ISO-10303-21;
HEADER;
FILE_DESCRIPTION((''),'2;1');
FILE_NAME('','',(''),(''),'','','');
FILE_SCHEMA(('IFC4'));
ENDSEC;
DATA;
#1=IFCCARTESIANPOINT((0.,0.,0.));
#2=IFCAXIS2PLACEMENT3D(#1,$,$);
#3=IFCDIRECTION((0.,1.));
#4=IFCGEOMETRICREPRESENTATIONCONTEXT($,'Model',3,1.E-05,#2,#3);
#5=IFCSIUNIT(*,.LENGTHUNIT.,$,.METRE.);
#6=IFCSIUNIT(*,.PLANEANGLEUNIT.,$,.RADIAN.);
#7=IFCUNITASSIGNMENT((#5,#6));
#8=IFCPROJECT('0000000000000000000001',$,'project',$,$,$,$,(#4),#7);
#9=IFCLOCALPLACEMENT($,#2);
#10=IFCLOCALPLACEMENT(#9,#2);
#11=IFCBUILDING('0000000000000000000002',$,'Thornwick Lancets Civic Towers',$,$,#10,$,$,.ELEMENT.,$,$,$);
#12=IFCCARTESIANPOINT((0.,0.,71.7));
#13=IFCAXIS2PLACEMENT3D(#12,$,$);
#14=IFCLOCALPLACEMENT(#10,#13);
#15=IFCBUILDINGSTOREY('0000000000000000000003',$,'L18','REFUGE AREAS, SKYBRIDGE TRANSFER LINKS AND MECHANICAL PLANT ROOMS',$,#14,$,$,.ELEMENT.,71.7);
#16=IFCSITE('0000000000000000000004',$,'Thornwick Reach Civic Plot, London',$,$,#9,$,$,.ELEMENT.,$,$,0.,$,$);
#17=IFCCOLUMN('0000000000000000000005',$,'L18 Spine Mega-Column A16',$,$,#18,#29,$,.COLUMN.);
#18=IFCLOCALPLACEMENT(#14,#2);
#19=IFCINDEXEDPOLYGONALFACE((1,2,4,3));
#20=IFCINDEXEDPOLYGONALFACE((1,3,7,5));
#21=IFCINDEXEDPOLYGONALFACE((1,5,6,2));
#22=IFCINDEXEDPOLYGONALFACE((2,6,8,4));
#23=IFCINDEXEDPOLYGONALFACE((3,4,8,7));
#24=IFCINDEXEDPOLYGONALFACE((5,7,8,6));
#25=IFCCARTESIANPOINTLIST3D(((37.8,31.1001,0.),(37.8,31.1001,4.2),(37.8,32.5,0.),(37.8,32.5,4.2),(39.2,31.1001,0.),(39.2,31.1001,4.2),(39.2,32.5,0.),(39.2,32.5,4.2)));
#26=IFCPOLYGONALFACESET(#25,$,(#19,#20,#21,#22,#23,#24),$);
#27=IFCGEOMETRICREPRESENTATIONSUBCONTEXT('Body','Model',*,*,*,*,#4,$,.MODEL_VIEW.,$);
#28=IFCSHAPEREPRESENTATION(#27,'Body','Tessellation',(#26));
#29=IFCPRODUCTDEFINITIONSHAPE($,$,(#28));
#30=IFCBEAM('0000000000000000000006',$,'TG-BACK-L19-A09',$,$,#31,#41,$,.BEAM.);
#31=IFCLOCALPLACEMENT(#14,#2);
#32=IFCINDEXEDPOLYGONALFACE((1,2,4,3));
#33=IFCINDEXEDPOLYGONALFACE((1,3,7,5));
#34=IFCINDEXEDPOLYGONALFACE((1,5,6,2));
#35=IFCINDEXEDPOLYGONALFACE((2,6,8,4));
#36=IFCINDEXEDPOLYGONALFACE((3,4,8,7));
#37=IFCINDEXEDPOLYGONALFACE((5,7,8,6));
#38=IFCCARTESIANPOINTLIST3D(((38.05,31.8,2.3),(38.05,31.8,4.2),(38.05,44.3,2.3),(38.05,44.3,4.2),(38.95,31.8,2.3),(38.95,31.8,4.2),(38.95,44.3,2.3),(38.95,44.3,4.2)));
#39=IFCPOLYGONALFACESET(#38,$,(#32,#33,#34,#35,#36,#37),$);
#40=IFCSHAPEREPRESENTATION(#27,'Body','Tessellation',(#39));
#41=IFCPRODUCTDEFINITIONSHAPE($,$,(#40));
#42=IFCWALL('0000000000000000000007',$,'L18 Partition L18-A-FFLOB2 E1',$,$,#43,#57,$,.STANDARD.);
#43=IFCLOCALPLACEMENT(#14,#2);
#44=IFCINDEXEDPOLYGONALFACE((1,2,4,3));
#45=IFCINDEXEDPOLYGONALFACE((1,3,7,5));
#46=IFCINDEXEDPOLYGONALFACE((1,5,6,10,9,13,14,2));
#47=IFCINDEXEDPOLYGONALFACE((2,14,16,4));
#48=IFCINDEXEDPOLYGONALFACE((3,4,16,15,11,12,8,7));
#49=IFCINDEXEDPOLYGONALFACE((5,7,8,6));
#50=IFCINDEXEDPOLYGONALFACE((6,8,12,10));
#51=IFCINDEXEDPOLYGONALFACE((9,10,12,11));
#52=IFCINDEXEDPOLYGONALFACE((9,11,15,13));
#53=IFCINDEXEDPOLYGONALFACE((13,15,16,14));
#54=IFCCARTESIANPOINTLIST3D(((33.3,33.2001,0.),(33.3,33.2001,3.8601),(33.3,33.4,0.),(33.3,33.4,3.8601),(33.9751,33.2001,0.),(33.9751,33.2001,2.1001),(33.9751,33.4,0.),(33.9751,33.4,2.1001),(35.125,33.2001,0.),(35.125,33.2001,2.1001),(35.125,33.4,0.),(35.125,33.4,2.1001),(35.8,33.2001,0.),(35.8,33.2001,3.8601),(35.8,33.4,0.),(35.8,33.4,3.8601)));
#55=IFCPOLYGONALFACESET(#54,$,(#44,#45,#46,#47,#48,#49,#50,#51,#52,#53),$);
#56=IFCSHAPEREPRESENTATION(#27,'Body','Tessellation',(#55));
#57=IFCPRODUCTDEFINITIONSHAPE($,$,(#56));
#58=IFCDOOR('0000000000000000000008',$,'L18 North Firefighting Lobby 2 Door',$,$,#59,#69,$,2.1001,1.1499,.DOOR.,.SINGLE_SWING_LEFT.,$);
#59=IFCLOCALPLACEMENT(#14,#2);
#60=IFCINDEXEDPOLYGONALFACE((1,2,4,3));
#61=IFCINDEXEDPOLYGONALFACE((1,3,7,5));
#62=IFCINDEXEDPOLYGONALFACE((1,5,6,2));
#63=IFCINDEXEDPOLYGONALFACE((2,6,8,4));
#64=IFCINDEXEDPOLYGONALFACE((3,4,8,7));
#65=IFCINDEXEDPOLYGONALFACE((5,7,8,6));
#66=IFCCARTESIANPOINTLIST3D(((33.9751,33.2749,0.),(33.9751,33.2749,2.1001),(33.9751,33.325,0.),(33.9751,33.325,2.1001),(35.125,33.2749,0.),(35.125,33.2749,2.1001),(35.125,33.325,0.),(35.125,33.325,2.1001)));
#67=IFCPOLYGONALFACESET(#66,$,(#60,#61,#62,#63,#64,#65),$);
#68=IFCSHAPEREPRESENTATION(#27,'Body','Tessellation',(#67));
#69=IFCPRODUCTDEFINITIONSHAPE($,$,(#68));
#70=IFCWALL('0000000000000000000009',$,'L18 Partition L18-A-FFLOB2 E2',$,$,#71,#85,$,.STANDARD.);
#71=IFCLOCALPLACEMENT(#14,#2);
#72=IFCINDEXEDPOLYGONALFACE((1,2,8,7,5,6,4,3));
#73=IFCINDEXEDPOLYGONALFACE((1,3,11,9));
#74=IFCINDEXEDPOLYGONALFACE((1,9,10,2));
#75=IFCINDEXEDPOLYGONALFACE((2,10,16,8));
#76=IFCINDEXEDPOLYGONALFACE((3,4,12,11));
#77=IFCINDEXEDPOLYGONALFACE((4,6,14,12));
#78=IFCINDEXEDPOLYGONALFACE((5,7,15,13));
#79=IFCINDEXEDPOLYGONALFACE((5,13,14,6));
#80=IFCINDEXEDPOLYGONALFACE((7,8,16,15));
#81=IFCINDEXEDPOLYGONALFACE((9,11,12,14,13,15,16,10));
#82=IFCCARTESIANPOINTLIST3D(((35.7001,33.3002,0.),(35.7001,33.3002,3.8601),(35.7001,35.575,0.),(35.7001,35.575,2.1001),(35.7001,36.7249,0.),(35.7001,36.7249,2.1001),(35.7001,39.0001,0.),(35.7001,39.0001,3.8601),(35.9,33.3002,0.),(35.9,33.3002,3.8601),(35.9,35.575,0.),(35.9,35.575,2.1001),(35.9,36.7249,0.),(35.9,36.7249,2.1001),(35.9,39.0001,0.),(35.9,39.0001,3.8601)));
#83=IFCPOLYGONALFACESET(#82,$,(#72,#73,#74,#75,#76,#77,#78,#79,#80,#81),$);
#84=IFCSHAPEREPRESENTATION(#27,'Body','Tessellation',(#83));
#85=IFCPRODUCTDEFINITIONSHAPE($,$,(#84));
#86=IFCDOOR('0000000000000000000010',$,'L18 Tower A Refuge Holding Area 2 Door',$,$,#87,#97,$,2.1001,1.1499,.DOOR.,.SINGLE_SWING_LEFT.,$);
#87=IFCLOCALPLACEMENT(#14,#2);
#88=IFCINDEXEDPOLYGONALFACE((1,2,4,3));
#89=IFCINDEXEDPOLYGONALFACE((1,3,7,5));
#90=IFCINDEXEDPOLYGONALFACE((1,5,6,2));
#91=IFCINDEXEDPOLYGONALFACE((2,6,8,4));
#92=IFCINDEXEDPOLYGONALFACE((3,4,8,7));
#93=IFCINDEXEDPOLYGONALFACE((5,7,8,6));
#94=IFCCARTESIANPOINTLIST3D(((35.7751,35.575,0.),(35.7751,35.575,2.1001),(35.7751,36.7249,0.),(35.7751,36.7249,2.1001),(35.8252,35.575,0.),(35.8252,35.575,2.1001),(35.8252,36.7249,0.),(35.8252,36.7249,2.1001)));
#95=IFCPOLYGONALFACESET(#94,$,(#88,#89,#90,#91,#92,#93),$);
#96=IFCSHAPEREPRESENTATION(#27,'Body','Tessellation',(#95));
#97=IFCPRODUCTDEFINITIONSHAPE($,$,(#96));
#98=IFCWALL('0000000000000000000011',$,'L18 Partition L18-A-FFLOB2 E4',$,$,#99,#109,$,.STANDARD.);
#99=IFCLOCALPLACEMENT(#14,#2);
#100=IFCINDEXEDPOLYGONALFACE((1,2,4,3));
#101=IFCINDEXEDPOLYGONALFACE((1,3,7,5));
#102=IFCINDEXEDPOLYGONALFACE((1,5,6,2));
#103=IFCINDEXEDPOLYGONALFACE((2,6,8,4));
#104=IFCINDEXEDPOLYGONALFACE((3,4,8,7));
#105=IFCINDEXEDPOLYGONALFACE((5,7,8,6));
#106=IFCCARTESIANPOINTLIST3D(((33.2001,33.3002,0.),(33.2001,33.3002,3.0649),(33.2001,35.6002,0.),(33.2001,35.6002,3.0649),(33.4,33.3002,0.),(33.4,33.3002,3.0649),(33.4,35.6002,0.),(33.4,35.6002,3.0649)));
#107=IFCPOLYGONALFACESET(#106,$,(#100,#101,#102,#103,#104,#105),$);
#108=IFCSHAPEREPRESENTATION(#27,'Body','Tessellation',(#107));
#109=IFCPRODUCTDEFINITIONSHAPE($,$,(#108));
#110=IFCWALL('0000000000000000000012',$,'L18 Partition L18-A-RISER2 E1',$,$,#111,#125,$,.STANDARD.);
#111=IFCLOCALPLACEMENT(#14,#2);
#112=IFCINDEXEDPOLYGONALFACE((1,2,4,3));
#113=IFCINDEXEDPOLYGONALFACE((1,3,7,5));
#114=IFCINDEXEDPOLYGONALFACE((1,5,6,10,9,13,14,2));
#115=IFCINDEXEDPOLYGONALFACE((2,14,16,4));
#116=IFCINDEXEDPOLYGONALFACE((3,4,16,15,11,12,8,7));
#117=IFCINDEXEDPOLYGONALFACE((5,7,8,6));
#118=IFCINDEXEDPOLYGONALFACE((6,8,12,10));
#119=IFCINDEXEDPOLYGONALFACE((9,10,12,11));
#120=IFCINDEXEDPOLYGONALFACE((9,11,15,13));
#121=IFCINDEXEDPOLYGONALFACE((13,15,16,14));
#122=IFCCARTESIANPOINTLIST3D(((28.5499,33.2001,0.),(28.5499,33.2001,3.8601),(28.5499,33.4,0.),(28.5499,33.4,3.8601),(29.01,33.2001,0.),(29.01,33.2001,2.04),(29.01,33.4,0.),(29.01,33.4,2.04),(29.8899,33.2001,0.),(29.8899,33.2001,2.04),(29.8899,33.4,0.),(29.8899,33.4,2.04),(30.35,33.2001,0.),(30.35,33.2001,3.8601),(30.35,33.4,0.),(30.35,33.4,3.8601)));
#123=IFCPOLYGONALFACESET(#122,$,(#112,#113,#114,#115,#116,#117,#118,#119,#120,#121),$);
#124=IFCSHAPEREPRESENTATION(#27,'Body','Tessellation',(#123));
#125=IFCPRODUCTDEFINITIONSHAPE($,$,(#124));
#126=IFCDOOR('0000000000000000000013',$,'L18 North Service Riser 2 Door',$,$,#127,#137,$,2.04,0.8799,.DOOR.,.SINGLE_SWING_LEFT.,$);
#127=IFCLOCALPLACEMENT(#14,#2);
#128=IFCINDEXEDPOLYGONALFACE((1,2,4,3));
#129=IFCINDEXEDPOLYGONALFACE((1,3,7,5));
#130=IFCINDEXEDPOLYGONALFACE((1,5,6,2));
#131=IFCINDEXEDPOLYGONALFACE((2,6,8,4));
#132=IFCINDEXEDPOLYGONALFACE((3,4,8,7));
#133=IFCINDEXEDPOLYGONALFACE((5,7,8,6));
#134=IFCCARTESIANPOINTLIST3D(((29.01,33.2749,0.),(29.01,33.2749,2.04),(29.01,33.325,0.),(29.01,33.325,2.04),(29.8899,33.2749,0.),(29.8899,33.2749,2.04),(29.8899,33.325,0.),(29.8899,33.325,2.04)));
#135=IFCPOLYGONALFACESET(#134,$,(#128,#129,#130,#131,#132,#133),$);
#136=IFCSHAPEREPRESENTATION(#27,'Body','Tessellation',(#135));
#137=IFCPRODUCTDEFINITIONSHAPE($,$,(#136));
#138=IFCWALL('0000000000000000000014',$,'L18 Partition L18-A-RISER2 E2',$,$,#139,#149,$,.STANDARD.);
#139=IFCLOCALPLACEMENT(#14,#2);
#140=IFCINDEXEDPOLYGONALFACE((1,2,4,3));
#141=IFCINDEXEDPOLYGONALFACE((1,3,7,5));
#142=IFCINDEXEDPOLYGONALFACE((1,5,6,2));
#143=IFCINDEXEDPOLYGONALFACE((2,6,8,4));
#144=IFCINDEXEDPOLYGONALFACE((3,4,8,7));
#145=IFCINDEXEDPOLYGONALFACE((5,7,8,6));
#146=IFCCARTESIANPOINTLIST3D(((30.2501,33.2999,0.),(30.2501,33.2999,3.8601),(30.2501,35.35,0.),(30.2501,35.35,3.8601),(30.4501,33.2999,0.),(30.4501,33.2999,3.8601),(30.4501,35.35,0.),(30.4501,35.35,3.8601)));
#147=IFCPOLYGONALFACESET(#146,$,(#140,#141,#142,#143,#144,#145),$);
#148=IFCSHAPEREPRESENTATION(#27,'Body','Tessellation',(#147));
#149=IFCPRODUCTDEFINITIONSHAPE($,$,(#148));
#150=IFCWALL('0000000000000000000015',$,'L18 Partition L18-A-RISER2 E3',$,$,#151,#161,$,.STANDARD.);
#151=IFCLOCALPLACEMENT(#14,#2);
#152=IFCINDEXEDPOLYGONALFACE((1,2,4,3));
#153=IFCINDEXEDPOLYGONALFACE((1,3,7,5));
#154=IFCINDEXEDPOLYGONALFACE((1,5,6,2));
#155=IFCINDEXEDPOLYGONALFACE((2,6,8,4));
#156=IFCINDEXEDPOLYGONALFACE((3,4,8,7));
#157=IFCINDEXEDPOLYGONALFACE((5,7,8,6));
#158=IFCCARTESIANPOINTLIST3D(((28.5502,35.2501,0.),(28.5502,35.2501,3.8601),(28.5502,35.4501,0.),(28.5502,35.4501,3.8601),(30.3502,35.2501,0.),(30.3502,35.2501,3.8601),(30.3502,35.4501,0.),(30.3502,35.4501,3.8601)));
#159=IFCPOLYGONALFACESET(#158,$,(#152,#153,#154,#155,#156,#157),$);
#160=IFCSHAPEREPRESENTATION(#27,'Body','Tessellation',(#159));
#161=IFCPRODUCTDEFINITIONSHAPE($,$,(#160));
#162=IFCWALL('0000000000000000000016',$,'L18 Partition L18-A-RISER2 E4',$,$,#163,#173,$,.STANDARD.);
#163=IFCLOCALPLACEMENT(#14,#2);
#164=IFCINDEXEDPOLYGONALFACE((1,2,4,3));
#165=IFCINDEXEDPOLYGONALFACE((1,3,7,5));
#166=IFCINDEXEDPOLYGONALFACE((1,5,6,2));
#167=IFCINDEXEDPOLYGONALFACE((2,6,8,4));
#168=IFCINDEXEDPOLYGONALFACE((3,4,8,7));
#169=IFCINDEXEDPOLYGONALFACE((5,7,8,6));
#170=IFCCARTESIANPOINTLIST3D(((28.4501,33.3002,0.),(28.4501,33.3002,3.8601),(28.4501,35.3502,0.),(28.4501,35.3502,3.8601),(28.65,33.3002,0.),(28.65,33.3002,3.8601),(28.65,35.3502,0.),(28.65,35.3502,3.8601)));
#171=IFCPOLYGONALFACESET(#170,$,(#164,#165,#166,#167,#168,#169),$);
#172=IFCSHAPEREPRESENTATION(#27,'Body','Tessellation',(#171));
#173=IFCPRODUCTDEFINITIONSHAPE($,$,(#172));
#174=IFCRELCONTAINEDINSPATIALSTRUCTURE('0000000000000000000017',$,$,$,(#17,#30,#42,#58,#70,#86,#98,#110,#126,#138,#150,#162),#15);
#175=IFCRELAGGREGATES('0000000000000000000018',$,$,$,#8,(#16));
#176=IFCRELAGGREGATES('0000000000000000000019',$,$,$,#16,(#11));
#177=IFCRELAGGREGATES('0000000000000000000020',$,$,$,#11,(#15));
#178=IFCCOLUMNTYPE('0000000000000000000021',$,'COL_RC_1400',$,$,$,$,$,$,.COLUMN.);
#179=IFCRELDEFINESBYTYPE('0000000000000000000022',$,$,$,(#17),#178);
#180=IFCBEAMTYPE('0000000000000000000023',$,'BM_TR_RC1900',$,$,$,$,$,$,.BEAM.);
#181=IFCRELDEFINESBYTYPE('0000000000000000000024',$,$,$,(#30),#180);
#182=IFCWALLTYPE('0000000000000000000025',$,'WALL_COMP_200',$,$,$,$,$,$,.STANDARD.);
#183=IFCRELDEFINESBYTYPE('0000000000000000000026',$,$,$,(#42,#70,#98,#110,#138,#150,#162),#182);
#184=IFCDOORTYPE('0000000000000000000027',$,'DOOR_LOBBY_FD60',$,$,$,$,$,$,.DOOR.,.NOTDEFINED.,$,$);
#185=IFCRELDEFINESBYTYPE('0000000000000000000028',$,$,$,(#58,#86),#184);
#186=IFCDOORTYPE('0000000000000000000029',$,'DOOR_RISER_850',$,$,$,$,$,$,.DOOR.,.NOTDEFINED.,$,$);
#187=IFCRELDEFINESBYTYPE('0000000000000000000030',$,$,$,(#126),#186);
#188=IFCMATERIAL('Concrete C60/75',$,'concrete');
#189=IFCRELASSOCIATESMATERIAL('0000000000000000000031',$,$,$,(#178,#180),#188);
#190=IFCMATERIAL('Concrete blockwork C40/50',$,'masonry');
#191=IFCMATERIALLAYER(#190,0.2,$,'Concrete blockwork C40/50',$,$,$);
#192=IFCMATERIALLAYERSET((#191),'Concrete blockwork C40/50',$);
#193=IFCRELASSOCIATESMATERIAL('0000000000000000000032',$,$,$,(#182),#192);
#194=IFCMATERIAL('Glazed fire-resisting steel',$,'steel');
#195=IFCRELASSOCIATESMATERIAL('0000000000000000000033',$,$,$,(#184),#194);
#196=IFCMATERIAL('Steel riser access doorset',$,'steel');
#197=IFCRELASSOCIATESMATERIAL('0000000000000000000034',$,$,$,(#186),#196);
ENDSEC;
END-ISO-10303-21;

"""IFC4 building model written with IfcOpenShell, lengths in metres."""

from ifc_helpers import new_model, si_unit, direction, frame, frame_2d, origin, origin_2d, place, context, subcontext, project, spatial, rectangle, extrude, material, layer, layer_set, material_profile, profile_set, type_object, element, fill, save


model = new_model("IFC4")

# Units and contexts
model_context = context("Model", 3, precision=1e-05, world=origin(), true_north=direction((0.0, 1.0)))
body_context = subcontext(model_context, "Body", "Model", "MODEL_VIEW")
ifc_project = project(units=[si_unit("LENGTHUNIT", "METRE"), si_unit("PLANEANGLEUNIT", "RADIAN")], contexts=[model_context])

# Site, building, storey
site_placement = place(None, origin())
site = spatial("IfcSite", under=ifc_project, at=site_placement, Name="Thornwick Reach Civic Plot, London", CompositionType="ELEMENT", RefElevation=0.0)
building_placement = place(site_placement, origin())
building = spatial("IfcBuilding", under=site, at=building_placement, Name="Thornwick Lancets Civic Towers", CompositionType="ELEMENT")
storey_placement = place(building_placement, frame((0.0, 0.0, 71.7)))
storey = spatial("IfcBuildingStorey", under=building, at=storey_placement, Name="L18", Description="REFUGE AREAS, SKYBRIDGE TRANSFER LINKS AND MECHANICAL PLANT ROOMS", CompositionType="ELEMENT", Elevation=71.7)

# Column
ifc_material_1 = material(Name="Concrete C60/75", Category="concrete")
ifc_material_profile_1 = material_profile(ifc_material_1, rectangle(XDim=1.3999, YDim=1.3999, at=origin_2d()), Name="RC 1400x1400")
ifc_profile_set_1 = profile_set([ifc_material_profile_1], Name="Concrete C60/75")
column_type = type_object("IfcColumnType", Name="COL_RC_1400", PredefinedType="COLUMN", material=ifc_profile_set_1)
column_placement = place(storey_placement, frame((38.5, 31.8, 0.0), z_axis=(0.0, 0.0, 1.0), x_axis=(1.0, 0.0, 0.0)))
element("IfcColumn", 1, at=column_placement, inside=storey, type_object=column_type, Name="L18 Spine Mega-Column A16", PredefinedType="COLUMN", context=body_context, shape_type="SweptSolid", body=[
    extrude(rectangle(XDim=1.3999, YDim=1.3999, at=origin_2d()), origin(), (0.0, 0.0, 1.0), 4.2),
])

# Beam
ifc_material_profile_2 = material_profile(ifc_material_1, rectangle(XDim=0.8999, YDim=1.8999, at=origin_2d()), Name="RC 900x1900")
ifc_profile_set_2 = profile_set([ifc_material_profile_2], Name="Concrete C60/75")
beam_type = type_object("IfcBeamType", Name="BM_TR_RC1900", PredefinedType="BEAM", material=ifc_profile_set_2)
beam_placement = place(storey_placement, frame((38.5, 31.8, 3.25), z_axis=(0.0, 1.0, 0.0), x_axis=(-1.0, 0.0, 0.0)))
element("IfcBeam", 2, at=beam_placement, inside=storey, type_object=beam_type, Name="TG-BACK-L19-A09", PredefinedType="BEAM", context=body_context, shape_type="SweptSolid", body=[
    extrude(rectangle(XDim=0.8999, YDim=1.8999, at=origin_2d()), origin(), (0.0, 0.0, 1.0), 12.5),
])

# Walls, openings, doors
ifc_material_2 = material(Name="Concrete blockwork C40/50", Category="masonry")
ifc_layer_1 = layer(ifc_material_2, 0.2, Name="Concrete blockwork C40/50")
ifc_layer_set_1 = layer_set([ifc_layer_1], Name="Concrete blockwork C40/50")
wall_type_1 = type_object("IfcWallType", Name="WALL_COMP_200", PredefinedType="STANDARD", material=ifc_layer_set_1)
wall_1_placement = place(storey_placement, frame((33.3, 33.3, 0.0), z_axis=(0.0, 0.0, 1.0), x_axis=(1.0, 0.0, 0.0)))
wall_1 = element("IfcWall", 3, at=wall_1_placement, inside=storey, type_object=wall_type_1, Name="L18 Partition L18-A-FFLOB2 E1", PredefinedType="STANDARD", context=body_context, shape_type="SweptSolid", body=[
    extrude(rectangle(XDim=2.5, YDim=0.2, at=frame_2d((1.25, 0.0))), origin(), (0.0, 0.0, 1.0), 3.8601),
])
opening_1_placement = place(wall_1_placement, frame((0.675, 0.0, 0.0)))
opening_1 = element("IfcOpeningElement", 4, at=opening_1_placement, cuts=wall_1, PredefinedType="OPENING", context=body_context, shape_type="SweptSolid", body=[
    extrude(rectangle(XDim=1.1499, YDim=2.1001, at=frame_2d((0.575, 1.05))), frame((0.0, 0.1099, 0.0), z_axis=(0.0, -1.0, 0.0), x_axis=(1.0, 0.0, 0.0)), (0.0, 0.0, 1.0), 0.22),
])
ifc_material_3 = material(Name="Glazed fire-resisting steel", Category="steel")
door_type_1 = type_object("IfcDoorType", Name="DOOR_LOBBY_FD60", OperationType="NOTDEFINED", PredefinedType="DOOR", material=ifc_material_3)
door_1_placement = place(opening_1_placement, origin())
door_1 = element("IfcDoor", 5, at=door_1_placement, inside=storey, type_object=door_type_1, Name="L18 North Firefighting Lobby 2 Door", OperationType="SINGLE_SWING_LEFT", OverallHeight=2.1001, OverallWidth=1.1499, PredefinedType="DOOR", context=body_context, shape_type="SweptSolid", body=[
    extrude(rectangle(XDim=1.1499, YDim=2.1001, at=frame_2d((0.575, 1.05))), frame((0.0, 0.0249, 0.0), z_axis=(0.0, -1.0, 0.0), x_axis=(1.0, 0.0, 0.0)), (0.0, 0.0, 1.0), 0.05),
])
fill(opening_1, door_1)
wall_2_placement = place(storey_placement, frame((35.8, 33.3, 0.0), z_axis=(0.0, 0.0, 1.0), x_axis=(0.0, 1.0, 0.0)))
wall_2 = element("IfcWall", 6, at=wall_2_placement, inside=storey, type_object=wall_type_1, Name="L18 Partition L18-A-FFLOB2 E2", PredefinedType="STANDARD", context=body_context, shape_type="SweptSolid", body=[
    extrude(rectangle(XDim=5.7, YDim=0.2, at=frame_2d((2.8501, 0.0))), origin(), (0.0, 0.0, 1.0), 3.8601),
])
opening_2_placement = place(wall_2_placement, frame((2.2749, 0.0, 0.0)))
opening_2 = element("IfcOpeningElement", 7, at=opening_2_placement, cuts=wall_2, PredefinedType="OPENING", context=body_context, shape_type="SweptSolid", body=[
    extrude(rectangle(XDim=1.1499, YDim=2.1001, at=frame_2d((0.575, 1.05))), frame((0.0, 0.1099, 0.0), z_axis=(0.0, -1.0, 0.0), x_axis=(1.0, 0.0, 0.0)), (0.0, 0.0, 1.0), 0.22),
])
door_2_placement = place(opening_2_placement, origin())
door_2 = element("IfcDoor", 8, at=door_2_placement, inside=storey, type_object=door_type_1, Name="L18 Tower A Refuge Holding Area 2 Door", OperationType="SINGLE_SWING_LEFT", OverallHeight=2.1001, OverallWidth=1.1499, PredefinedType="DOOR", context=body_context, shape_type="SweptSolid", body=[
    extrude(rectangle(XDim=1.1499, YDim=2.1001, at=frame_2d((0.575, 1.05))), frame((0.0, 0.0249, 0.0), z_axis=(0.0, -1.0, 0.0), x_axis=(1.0, 0.0, 0.0)), (0.0, 0.0, 1.0), 0.05),
])
fill(opening_2, door_2)

# Wall
wall_3_placement = place(storey_placement, frame((33.3, 35.6001, 0.0), z_axis=(0.0, 0.0, 1.0), x_axis=(0.0, -1.0, 0.0)))
element("IfcWall", 9, at=wall_3_placement, inside=storey, type_object=wall_type_1, Name="L18 Partition L18-A-FFLOB2 E4", PredefinedType="STANDARD", context=body_context, shape_type="SweptSolid", body=[
    extrude(rectangle(XDim=2.3, YDim=0.2, at=frame_2d((1.1499, 0.0))), origin(), (0.0, 0.0, 1.0), 3.0649),
])

# Wall, opening, door
wall_4_placement = place(storey_placement, frame((28.55, 33.3, 0.0), z_axis=(0.0, 0.0, 1.0), x_axis=(1.0, 0.0, 0.0)))
wall_4 = element("IfcWall", 10, at=wall_4_placement, inside=storey, type_object=wall_type_1, Name="L18 Partition L18-A-RISER2 E1", PredefinedType="STANDARD", context=body_context, shape_type="SweptSolid", body=[
    extrude(rectangle(XDim=1.8, YDim=0.2, at=frame_2d((0.8999, 0.0))), origin(), (0.0, 0.0, 1.0), 3.8601),
])
opening_3_placement = place(wall_4_placement, frame((0.46, 0.0, 0.0)))
opening_3 = element("IfcOpeningElement", 11, at=opening_3_placement, cuts=wall_4, PredefinedType="OPENING", context=body_context, shape_type="SweptSolid", body=[
    extrude(rectangle(XDim=0.8799, YDim=2.04, at=frame_2d((0.4399, 1.02))), frame((0.0, 0.1099, 0.0), z_axis=(0.0, -1.0, 0.0), x_axis=(1.0, 0.0, 0.0)), (0.0, 0.0, 1.0), 0.22),
])
ifc_material_4 = material(Name="Steel riser access doorset", Category="steel")
door_type_2 = type_object("IfcDoorType", Name="DOOR_RISER_850", OperationType="NOTDEFINED", PredefinedType="DOOR", material=ifc_material_4)
door_3_placement = place(opening_3_placement, origin())
door_3 = element("IfcDoor", 12, at=door_3_placement, inside=storey, type_object=door_type_2, Name="L18 North Service Riser 2 Door", OperationType="SINGLE_SWING_LEFT", OverallHeight=2.04, OverallWidth=0.8799, PredefinedType="DOOR", context=body_context, shape_type="SweptSolid", body=[
    extrude(rectangle(XDim=0.8799, YDim=2.04, at=frame_2d((0.4399, 1.02))), frame((0.0, 0.0249, 0.0), z_axis=(0.0, -1.0, 0.0), x_axis=(1.0, 0.0, 0.0)), (0.0, 0.0, 1.0), 0.05),
])
fill(opening_3, door_3)

# Walls
wall_5_placement = place(storey_placement, frame((30.3501, 33.3, 0.0), z_axis=(0.0, 0.0, 1.0), x_axis=(0.0, 1.0, 0.0)))
element("IfcWall", 13, at=wall_5_placement, inside=storey, type_object=wall_type_1, Name="L18 Partition L18-A-RISER2 E2", PredefinedType="STANDARD", context=body_context, shape_type="SweptSolid", body=[
    extrude(rectangle(XDim=2.05, YDim=0.2, at=frame_2d((1.0249, 0.0))), origin(), (0.0, 0.0, 1.0), 3.8601),
])
wall_6_placement = place(storey_placement, frame((30.3501, 35.3501, 0.0), z_axis=(0.0, 0.0, 1.0), x_axis=(-1.0, 0.0, 0.0)))
element("IfcWall", 14, at=wall_6_placement, inside=storey, type_object=wall_type_1, Name="L18 Partition L18-A-RISER2 E3", PredefinedType="STANDARD", context=body_context, shape_type="SweptSolid", body=[
    extrude(rectangle(XDim=1.8, YDim=0.2, at=frame_2d((0.8999, 0.0))), origin(), (0.0, 0.0, 1.0), 3.8601),
])
wall_7_placement = place(storey_placement, frame((28.55, 35.3501, 0.0), z_axis=(0.0, 0.0, 1.0), x_axis=(0.0, -1.0, 0.0)))
element("IfcWall", 15, at=wall_7_placement, inside=storey, type_object=wall_type_1, Name="L18 Partition L18-A-RISER2 E4", PredefinedType="STANDARD", context=body_context, shape_type="SweptSolid", body=[
    extrude(rectangle(XDim=2.05, YDim=0.2, at=frame_2d((1.0249, 0.0))), origin(), (0.0, 0.0, 1.0), 3.8601),
])

save(model, "model.ifc")
